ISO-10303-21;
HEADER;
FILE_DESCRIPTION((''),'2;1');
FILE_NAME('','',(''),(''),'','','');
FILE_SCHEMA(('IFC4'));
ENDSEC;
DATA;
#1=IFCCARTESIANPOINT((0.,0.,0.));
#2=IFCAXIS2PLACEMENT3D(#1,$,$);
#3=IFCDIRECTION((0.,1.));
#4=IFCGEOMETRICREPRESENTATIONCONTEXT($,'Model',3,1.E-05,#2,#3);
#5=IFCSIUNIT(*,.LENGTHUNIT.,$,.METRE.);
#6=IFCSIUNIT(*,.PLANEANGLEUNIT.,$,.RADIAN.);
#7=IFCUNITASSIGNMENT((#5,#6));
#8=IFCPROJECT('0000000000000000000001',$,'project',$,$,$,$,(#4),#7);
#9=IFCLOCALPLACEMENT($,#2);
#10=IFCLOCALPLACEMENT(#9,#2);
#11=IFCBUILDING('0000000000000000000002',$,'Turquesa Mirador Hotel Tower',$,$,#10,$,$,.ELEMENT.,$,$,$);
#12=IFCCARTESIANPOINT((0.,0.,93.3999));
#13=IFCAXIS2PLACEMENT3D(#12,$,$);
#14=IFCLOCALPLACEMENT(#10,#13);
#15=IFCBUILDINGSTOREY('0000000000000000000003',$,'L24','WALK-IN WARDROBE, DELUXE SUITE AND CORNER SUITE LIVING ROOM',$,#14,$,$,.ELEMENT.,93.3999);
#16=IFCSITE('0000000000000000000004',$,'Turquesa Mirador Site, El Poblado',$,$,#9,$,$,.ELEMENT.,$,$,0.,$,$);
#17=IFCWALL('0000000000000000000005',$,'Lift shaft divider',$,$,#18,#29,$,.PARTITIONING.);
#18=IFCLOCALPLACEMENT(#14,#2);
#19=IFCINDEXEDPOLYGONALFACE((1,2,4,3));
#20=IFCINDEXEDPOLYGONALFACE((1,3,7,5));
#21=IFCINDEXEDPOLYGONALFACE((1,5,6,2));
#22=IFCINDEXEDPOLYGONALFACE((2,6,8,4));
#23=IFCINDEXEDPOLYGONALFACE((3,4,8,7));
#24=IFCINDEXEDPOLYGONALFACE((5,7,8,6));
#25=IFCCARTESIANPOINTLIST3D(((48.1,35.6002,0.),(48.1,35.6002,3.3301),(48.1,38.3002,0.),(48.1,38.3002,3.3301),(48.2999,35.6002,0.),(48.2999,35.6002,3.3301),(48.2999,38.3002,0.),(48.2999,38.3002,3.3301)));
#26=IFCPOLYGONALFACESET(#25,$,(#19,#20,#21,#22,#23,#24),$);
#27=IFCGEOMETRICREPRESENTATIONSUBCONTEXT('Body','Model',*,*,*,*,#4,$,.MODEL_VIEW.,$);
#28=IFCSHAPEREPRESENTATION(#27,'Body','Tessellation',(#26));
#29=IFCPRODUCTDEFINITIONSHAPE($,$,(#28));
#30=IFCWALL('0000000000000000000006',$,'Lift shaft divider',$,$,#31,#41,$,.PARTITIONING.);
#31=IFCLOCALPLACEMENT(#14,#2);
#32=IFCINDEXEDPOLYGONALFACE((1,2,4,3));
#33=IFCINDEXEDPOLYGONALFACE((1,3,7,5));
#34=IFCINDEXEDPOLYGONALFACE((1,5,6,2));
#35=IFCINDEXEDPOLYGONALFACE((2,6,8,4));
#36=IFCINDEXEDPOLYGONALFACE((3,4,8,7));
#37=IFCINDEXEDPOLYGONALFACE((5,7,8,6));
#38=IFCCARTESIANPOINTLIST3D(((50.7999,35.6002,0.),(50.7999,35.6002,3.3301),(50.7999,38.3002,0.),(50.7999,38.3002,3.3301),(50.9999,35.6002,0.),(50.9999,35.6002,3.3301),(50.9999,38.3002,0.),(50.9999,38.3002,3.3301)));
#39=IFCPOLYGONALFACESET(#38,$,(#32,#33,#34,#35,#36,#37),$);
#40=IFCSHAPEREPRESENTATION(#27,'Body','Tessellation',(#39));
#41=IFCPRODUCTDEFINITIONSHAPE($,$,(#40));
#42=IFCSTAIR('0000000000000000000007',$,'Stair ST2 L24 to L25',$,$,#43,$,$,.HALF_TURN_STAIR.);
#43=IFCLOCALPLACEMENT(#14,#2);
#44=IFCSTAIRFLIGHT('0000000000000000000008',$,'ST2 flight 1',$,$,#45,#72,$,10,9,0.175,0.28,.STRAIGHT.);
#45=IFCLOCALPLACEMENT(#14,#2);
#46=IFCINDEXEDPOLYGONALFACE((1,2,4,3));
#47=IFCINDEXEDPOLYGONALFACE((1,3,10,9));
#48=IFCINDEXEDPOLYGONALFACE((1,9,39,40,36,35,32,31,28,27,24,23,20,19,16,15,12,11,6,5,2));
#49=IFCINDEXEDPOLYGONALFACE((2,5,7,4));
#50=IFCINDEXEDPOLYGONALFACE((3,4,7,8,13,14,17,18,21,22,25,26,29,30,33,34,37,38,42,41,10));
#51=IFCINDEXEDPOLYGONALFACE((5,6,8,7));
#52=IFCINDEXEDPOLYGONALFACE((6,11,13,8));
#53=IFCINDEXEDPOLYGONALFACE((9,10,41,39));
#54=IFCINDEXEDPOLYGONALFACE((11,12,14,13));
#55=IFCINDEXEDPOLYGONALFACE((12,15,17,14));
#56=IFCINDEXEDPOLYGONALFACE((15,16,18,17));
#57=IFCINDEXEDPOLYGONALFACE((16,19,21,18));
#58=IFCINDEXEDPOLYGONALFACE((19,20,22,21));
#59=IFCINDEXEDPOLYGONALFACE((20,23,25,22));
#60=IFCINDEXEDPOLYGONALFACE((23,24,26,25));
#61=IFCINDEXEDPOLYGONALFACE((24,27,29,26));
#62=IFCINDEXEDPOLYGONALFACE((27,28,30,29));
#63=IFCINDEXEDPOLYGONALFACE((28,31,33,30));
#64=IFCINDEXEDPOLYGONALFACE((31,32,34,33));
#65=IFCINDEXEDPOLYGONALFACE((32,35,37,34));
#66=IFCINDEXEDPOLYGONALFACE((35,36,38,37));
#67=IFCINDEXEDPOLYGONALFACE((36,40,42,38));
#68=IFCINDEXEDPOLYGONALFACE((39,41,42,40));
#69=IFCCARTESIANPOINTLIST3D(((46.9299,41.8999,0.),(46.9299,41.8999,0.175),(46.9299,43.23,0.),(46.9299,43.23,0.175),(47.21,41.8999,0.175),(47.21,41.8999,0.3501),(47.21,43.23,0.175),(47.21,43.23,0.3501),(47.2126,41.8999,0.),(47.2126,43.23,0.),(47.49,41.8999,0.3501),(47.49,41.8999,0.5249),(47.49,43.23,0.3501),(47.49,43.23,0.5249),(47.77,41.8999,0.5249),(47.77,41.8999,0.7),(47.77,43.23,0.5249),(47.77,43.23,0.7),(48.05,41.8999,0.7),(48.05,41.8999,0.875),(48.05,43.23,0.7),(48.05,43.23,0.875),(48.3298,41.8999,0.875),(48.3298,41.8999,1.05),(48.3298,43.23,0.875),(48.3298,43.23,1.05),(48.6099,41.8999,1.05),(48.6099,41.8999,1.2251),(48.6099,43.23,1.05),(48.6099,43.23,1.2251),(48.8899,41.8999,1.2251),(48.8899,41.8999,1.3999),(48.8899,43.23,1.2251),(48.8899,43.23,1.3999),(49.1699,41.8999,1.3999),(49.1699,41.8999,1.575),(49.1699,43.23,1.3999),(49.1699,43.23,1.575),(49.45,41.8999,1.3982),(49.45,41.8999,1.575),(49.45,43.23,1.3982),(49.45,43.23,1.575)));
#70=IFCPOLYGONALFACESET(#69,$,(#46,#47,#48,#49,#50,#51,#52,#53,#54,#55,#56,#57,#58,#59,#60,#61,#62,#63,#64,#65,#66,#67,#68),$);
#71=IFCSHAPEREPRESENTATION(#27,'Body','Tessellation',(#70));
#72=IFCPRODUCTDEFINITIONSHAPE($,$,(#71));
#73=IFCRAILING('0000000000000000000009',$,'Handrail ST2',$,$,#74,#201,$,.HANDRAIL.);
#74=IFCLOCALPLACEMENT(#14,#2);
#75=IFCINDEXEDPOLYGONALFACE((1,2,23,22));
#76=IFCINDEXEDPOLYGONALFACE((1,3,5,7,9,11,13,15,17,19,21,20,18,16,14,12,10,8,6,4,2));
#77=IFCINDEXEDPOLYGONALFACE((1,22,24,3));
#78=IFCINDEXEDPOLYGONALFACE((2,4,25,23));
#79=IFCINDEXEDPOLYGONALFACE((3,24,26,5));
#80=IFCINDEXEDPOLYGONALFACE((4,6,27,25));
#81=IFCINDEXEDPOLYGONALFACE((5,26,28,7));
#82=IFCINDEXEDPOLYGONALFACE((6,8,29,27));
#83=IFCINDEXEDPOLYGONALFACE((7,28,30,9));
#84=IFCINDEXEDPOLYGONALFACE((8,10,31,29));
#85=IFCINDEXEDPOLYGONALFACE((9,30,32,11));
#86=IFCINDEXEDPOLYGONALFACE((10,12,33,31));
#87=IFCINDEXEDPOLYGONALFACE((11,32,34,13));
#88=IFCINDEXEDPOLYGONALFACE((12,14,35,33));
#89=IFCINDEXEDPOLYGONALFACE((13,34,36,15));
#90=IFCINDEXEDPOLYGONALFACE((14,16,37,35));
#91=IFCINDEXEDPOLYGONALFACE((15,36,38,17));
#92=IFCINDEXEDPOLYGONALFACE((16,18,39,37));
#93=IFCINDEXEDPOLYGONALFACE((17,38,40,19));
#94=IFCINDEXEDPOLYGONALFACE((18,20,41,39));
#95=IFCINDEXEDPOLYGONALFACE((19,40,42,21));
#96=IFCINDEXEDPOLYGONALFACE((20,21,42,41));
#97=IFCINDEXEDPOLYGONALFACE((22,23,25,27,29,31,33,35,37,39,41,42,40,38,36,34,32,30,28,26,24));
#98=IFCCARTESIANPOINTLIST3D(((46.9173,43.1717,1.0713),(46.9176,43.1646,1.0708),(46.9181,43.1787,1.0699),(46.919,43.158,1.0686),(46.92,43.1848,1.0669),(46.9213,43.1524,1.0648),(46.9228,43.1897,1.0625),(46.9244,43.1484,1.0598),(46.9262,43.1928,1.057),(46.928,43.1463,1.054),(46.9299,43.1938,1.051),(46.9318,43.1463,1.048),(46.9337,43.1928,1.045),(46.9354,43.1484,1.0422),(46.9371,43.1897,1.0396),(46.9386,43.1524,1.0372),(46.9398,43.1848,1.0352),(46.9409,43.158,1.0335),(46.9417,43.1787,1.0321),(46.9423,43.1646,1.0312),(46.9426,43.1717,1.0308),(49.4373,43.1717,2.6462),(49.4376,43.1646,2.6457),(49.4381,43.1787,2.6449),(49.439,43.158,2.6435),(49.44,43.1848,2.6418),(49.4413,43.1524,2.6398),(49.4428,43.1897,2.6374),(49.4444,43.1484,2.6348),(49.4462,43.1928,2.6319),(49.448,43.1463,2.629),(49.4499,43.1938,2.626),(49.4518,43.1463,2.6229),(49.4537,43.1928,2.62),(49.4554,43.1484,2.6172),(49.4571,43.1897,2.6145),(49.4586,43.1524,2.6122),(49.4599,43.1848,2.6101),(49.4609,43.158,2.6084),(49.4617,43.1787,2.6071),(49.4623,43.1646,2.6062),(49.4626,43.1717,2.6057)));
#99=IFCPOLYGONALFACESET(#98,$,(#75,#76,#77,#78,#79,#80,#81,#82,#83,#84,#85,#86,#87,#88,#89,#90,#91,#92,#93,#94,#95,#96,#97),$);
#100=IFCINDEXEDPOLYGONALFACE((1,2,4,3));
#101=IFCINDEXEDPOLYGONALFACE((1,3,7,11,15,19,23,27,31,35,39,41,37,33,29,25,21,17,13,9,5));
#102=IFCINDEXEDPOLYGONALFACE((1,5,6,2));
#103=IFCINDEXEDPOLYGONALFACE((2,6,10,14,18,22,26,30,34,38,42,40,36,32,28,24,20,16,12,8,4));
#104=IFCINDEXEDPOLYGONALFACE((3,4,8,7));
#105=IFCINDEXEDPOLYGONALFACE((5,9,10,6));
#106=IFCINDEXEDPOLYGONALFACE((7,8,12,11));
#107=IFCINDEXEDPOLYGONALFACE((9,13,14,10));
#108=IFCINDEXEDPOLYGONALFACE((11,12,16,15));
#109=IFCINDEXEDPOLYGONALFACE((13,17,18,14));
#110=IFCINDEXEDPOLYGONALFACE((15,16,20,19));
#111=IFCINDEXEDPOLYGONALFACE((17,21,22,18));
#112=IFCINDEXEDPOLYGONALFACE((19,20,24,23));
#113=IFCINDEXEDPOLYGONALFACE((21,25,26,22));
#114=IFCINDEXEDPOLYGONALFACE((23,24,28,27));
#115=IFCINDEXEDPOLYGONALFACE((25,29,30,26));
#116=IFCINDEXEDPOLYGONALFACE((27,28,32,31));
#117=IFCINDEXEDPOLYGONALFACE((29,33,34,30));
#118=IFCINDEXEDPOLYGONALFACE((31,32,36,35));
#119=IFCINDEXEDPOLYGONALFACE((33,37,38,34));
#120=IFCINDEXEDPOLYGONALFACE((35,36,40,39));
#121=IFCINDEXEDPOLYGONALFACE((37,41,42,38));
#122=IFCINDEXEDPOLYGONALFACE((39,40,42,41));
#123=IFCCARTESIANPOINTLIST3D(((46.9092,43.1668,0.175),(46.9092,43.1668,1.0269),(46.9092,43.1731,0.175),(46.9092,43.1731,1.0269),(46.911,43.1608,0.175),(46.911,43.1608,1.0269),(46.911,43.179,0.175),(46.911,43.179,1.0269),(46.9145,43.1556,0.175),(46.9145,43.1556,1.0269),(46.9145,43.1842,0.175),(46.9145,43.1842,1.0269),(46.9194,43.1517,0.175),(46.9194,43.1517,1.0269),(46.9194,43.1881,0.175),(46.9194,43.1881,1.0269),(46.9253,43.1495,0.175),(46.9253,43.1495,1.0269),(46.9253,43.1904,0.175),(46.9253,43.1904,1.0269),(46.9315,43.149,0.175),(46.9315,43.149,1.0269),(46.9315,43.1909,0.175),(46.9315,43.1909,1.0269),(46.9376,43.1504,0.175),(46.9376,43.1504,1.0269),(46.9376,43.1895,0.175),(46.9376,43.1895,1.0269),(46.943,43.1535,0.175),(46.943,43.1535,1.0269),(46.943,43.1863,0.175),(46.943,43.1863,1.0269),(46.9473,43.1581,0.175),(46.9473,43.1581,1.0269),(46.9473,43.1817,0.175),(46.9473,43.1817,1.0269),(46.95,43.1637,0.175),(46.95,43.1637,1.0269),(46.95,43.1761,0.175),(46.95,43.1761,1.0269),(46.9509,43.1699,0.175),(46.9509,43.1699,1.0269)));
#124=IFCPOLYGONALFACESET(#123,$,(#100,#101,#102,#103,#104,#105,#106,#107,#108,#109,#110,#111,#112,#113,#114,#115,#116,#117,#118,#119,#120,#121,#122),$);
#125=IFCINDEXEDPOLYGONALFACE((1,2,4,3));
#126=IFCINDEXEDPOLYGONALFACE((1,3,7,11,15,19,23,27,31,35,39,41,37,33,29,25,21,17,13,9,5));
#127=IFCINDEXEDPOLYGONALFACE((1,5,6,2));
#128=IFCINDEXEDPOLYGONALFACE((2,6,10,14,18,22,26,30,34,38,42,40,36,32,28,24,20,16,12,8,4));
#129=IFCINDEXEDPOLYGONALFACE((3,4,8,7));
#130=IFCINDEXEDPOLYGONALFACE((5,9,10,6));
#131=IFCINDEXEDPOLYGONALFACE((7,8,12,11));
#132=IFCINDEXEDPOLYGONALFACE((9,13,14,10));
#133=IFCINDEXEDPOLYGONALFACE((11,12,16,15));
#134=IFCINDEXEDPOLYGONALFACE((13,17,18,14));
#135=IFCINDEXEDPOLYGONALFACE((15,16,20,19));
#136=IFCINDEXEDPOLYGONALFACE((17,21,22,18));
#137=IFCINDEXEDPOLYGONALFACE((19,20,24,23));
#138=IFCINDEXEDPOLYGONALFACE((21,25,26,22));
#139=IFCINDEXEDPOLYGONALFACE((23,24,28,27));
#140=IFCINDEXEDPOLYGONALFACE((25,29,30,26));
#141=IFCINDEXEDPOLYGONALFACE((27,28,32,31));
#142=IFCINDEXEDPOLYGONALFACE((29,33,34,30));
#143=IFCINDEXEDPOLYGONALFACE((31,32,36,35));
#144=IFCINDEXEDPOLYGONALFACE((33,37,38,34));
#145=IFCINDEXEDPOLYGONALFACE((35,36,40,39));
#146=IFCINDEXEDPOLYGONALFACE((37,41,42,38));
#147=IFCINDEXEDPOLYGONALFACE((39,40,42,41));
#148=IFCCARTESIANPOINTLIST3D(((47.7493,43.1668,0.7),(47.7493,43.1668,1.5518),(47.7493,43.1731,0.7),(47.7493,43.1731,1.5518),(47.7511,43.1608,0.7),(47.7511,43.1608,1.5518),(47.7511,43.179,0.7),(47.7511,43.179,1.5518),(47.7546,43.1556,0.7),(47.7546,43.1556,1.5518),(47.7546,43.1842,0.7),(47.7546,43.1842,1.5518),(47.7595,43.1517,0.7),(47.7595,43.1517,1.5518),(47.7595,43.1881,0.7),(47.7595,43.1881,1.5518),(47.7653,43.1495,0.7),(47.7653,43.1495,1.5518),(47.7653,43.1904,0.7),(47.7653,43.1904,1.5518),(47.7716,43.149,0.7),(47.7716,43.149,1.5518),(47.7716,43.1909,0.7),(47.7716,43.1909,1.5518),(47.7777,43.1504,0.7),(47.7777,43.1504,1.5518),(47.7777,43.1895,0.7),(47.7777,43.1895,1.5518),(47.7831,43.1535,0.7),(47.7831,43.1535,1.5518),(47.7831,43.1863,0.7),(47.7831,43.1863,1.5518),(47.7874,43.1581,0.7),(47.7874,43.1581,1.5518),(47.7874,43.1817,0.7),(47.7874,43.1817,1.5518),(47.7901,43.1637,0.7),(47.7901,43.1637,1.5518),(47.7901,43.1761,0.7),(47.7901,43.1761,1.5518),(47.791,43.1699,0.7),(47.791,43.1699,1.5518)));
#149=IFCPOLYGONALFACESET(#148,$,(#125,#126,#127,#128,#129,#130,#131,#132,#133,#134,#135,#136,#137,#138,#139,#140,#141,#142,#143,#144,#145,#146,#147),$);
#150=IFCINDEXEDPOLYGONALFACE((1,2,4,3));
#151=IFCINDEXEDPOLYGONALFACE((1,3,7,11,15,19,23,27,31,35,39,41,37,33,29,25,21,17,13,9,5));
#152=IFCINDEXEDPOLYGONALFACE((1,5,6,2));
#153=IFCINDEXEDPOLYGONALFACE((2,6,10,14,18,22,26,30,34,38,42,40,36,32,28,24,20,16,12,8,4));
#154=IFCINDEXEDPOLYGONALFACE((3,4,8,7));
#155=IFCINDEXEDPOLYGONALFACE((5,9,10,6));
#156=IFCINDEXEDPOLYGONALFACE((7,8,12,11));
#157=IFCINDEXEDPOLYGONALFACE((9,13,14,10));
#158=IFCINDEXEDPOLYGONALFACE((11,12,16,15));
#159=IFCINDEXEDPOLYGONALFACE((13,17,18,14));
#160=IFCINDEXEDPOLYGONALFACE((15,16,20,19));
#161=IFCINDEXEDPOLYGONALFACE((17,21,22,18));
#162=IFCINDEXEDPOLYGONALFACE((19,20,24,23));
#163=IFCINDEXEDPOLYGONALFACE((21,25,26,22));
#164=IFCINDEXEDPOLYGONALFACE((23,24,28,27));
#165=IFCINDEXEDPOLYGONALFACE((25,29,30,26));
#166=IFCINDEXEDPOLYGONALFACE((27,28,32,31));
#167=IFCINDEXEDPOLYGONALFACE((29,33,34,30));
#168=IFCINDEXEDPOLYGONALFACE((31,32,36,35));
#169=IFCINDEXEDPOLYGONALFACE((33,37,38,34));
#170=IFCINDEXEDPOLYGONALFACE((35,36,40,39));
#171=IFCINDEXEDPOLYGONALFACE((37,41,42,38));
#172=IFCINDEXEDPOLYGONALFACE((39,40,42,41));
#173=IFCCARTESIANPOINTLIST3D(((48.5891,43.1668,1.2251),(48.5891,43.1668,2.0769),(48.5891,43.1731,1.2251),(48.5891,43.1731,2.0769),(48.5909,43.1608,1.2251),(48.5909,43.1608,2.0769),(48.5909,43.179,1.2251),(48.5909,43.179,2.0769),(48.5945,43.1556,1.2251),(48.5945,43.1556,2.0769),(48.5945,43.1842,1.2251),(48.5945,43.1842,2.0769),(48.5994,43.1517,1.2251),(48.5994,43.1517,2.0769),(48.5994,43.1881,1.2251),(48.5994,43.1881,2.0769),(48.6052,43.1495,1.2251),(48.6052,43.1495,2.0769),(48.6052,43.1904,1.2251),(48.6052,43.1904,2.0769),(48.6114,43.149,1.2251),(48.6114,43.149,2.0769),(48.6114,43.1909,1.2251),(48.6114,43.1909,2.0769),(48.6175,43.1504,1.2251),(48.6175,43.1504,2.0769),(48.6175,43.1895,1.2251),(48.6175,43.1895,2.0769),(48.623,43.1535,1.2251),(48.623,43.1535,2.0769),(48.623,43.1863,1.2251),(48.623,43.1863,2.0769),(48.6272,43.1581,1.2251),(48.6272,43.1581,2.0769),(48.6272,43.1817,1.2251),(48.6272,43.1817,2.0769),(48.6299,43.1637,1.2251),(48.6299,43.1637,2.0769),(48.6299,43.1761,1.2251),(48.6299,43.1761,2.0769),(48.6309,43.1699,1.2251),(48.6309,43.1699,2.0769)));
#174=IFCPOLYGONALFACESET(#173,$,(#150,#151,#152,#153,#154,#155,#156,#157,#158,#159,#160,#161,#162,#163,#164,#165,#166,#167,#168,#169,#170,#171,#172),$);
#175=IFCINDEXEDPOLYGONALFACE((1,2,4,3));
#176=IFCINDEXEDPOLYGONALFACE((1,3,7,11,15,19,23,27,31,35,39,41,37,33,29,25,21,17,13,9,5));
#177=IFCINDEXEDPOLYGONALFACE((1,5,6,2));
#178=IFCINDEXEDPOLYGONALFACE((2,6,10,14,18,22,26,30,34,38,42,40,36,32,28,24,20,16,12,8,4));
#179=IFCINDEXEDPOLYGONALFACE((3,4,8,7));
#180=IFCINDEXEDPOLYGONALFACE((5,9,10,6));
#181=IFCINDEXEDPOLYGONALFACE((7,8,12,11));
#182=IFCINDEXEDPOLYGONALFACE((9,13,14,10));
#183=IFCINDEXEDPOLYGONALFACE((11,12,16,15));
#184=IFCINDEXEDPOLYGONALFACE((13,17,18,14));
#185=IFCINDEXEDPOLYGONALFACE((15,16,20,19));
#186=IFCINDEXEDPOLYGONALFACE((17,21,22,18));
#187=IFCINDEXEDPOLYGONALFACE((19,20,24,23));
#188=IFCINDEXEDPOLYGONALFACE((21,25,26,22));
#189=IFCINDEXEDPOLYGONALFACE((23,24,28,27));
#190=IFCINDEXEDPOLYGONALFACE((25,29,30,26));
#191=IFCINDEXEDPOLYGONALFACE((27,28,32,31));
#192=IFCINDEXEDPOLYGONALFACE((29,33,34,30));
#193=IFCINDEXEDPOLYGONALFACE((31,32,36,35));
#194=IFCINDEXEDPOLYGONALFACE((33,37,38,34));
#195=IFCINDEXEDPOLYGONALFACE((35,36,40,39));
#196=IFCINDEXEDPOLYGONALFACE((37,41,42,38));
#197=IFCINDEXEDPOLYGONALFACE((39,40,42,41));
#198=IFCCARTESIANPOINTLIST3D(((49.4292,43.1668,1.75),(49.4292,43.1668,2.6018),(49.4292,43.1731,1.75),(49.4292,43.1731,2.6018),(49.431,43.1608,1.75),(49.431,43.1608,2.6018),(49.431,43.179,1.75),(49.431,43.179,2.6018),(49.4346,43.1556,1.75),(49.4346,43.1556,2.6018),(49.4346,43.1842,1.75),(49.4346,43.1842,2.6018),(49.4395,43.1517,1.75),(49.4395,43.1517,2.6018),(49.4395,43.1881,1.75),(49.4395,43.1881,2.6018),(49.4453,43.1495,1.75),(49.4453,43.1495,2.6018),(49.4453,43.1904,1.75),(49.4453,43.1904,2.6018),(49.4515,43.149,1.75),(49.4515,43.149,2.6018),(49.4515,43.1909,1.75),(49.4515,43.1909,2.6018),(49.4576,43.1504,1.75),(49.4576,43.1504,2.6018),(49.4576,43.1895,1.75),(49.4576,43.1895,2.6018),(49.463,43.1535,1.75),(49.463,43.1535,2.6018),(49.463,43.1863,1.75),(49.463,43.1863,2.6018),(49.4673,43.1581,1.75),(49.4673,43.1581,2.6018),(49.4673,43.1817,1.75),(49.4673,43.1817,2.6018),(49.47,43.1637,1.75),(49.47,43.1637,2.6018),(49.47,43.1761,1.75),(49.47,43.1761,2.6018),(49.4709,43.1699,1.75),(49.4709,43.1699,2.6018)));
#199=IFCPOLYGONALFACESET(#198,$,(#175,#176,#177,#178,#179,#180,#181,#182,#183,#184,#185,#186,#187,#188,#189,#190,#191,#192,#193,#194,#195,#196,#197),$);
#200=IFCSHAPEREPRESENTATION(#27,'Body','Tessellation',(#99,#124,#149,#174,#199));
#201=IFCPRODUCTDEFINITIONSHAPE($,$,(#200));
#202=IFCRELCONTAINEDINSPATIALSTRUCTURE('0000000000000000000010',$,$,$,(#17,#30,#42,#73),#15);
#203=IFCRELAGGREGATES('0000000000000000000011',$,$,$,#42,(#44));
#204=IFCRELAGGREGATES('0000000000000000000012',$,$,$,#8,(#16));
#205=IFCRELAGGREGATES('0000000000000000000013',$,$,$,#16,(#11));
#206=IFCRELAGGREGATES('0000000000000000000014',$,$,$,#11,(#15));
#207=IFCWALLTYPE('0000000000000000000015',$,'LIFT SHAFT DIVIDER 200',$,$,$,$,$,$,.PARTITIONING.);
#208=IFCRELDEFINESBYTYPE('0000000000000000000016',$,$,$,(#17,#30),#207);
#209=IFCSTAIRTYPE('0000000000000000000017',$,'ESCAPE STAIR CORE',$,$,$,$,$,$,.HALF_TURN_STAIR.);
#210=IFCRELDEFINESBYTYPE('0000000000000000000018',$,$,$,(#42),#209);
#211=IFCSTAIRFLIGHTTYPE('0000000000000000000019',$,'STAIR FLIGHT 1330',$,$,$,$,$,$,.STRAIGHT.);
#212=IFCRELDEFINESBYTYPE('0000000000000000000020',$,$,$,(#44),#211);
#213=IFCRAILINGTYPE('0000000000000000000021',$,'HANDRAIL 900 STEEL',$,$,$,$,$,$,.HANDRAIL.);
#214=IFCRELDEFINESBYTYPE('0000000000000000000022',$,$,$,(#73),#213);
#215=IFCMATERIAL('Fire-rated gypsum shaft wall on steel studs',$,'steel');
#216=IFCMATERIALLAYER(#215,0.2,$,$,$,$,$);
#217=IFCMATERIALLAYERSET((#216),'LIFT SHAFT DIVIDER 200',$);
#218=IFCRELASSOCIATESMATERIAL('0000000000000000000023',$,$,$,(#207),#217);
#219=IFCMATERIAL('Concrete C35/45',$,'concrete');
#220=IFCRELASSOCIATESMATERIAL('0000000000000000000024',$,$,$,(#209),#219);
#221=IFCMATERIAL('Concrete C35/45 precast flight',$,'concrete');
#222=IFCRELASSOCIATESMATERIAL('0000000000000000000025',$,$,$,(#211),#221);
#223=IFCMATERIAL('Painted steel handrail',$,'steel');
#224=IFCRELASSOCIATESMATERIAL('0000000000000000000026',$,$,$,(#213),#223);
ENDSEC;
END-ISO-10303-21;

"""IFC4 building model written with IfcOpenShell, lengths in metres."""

from ifc_helpers import new_model, si_unit, direction, frame, frame_2d, origin, origin_2d, place, context, subcontext, project, spatial, polyline, rectangle, circle, outline, extrude, material, layer, layer_set, type_object, element, aggregate, save


model = new_model("IFC4")

# Units and contexts
model_context = context("Model", 3, precision=1e-05, world=origin(), true_north=direction((0.0, 1.0)))
body_context = subcontext(model_context, "Body", "Model", "MODEL_VIEW")
ifc_project = project(units=[si_unit("LENGTHUNIT", "METRE"), si_unit("PLANEANGLEUNIT", "RADIAN")], contexts=[model_context])

# Site, building, storey
site_placement = place(None, origin())
site = spatial("IfcSite", under=ifc_project, at=site_placement, Name="Turquesa Mirador Site, El Poblado", CompositionType="ELEMENT", RefElevation=0.0)
building_placement = place(site_placement, origin())
building = spatial("IfcBuilding", under=site, at=building_placement, Name="Turquesa Mirador Hotel Tower", CompositionType="ELEMENT")
storey_placement = place(building_placement, frame((0.0, 0.0, 93.3999)))
storey = spatial("IfcBuildingStorey", under=building, at=storey_placement, Name="L24", Description="WALK-IN WARDROBE, DELUXE SUITE AND CORNER SUITE LIVING ROOM", CompositionType="ELEMENT", Elevation=93.3999)

# Walls
ifc_material_1 = material(Name="Fire-rated gypsum shaft wall on steel studs", Category="steel")
ifc_layer_1 = layer(ifc_material_1, 0.2)
ifc_layer_set_1 = layer_set([ifc_layer_1], Name="LIFT SHAFT DIVIDER 200")
wall_type_1 = type_object("IfcWallType", Name="LIFT SHAFT DIVIDER 200", PredefinedType="PARTITIONING", material=ifc_layer_set_1)
for number, where, z_axis, x_axis, name in (
    (1, (48.2, 35.6001, 0.0), (0.0, 0.0, 1.0), (0.0, 1.0, 0.0), "Lift shaft divider"),
    (2, (50.8999, 35.6001, 0.0), (0.0, 0.0, 1.0), (0.0, 1.0, 0.0), "Lift shaft divider"),
):
    element("IfcWall", number, at=place(storey_placement, frame(where, z_axis=z_axis, x_axis=x_axis)), inside=storey, type_object=wall_type_1, Name=name, PredefinedType="PARTITIONING", context=body_context, shape_type="SweptSolid", body=[
        extrude(rectangle(XDim=2.7, YDim=0.2, at=frame_2d((1.3501, 0.0))), origin(), (0.0, 0.0, 1.0), 3.3301),
    ])

# Stair, stair flight
ifc_material_2 = material(Name="Concrete C35/45", Category="concrete")
stair_type = type_object("IfcStairType", Name="ESCAPE STAIR CORE", PredefinedType="HALF_TURN_STAIR", material=ifc_material_2)
stair_placement = place(storey_placement, origin())
stair = element("IfcStair", 3, at=stair_placement, inside=storey, type_object=stair_type, Name="Stair ST2 L24 to L25", PredefinedType="HALF_TURN_STAIR")
ifc_material_3 = material(Name="Concrete C35/45 precast flight", Category="concrete")
stair_flight_type = type_object("IfcStairFlightType", Name="STAIR FLIGHT 1330", PredefinedType="STRAIGHT", material=ifc_material_3)
stair_flight_placement = place(storey_placement, frame((46.9299, 42.5649, 0.0), z_axis=(0.0, 0.0, 1.0), x_axis=(1.0, 0.0, 0.0)))
stair_flight = element("IfcStairFlight", 4, at=stair_flight_placement, type_object=stair_flight_type, Name="ST2 flight 1", NumberOfRisers=10, NumberOfTreads=9, PredefinedType="STRAIGHT", RiserHeight=0.175, TreadLength=0.28, context=body_context, shape_type="SweptSolid", body=[
    extrude(outline(polyline([(0.0, 0.0), (0.0, 0.175), (0.28, 0.175), (0.28, 0.3501), (0.5601, 0.3501), (0.5601, 0.5249), (0.8401, 0.5249), (0.8401, 0.7), (1.1201, 0.7), (1.1201, 0.875), (1.3999, 0.875), (1.3999, 1.05), (1.6799, 1.05), (1.6799, 1.2251), (1.96, 1.2251), (1.96, 1.3999), (2.24, 1.3999), (2.24, 1.575), (2.52, 1.575), (2.52, 1.75), (2.52, 1.3982), (0.2827, 0.0), (0.0, 0.0)])), frame((0.0, 0.665, 0.0), z_axis=(0.0, -1.0, 0.0), x_axis=(1.0, 0.0, 0.0)), (0.0, 0.0, 1.0), 1.3301),
])
aggregate(stair, [stair_flight])

# Railing
ifc_material_4 = material(Name="Painted steel handrail", Category="steel")
railing_type = type_object("IfcRailingType", Name="HANDRAIL 900 STEEL", PredefinedType="HANDRAIL", material=ifc_material_4)
railing_placement = place(storey_placement, frame((46.9299, 43.1699, 0.175)))
element("IfcRailing", 5, at=railing_placement, inside=storey, type_object=railing_type, Name="Handrail ST2", PredefinedType="HANDRAIL", context=body_context, shape_type="SweptSolid", body=[
    extrude(circle(Radius=0.0239, at=origin_2d()), frame((0.0, 0.0, 0.876), z_axis=(0.848008, 0.0, 0.529984), x_axis=(0.0, 1.0, 0.0)), (0.0, 0.0, 1.0), 2.9717),
    extrude(circle(Radius=0.021, at=origin_2d()), origin(), (0.0, 0.0, 1.0), 0.8518),
    extrude(circle(Radius=0.021, at=origin_2d()), frame((0.8401, 0.0, 0.5249)), (0.0, 0.0, 1.0), 0.8518),
    extrude(circle(Radius=0.021, at=origin_2d()), frame((1.6799, 0.0, 1.05)), (0.0, 0.0, 1.0), 0.8518),
    extrude(circle(Radius=0.021, at=origin_2d()), frame((2.52, 0.0, 1.575)), (0.0, 0.0, 1.0), 0.8518),
])

save(model, "model.ifc")
